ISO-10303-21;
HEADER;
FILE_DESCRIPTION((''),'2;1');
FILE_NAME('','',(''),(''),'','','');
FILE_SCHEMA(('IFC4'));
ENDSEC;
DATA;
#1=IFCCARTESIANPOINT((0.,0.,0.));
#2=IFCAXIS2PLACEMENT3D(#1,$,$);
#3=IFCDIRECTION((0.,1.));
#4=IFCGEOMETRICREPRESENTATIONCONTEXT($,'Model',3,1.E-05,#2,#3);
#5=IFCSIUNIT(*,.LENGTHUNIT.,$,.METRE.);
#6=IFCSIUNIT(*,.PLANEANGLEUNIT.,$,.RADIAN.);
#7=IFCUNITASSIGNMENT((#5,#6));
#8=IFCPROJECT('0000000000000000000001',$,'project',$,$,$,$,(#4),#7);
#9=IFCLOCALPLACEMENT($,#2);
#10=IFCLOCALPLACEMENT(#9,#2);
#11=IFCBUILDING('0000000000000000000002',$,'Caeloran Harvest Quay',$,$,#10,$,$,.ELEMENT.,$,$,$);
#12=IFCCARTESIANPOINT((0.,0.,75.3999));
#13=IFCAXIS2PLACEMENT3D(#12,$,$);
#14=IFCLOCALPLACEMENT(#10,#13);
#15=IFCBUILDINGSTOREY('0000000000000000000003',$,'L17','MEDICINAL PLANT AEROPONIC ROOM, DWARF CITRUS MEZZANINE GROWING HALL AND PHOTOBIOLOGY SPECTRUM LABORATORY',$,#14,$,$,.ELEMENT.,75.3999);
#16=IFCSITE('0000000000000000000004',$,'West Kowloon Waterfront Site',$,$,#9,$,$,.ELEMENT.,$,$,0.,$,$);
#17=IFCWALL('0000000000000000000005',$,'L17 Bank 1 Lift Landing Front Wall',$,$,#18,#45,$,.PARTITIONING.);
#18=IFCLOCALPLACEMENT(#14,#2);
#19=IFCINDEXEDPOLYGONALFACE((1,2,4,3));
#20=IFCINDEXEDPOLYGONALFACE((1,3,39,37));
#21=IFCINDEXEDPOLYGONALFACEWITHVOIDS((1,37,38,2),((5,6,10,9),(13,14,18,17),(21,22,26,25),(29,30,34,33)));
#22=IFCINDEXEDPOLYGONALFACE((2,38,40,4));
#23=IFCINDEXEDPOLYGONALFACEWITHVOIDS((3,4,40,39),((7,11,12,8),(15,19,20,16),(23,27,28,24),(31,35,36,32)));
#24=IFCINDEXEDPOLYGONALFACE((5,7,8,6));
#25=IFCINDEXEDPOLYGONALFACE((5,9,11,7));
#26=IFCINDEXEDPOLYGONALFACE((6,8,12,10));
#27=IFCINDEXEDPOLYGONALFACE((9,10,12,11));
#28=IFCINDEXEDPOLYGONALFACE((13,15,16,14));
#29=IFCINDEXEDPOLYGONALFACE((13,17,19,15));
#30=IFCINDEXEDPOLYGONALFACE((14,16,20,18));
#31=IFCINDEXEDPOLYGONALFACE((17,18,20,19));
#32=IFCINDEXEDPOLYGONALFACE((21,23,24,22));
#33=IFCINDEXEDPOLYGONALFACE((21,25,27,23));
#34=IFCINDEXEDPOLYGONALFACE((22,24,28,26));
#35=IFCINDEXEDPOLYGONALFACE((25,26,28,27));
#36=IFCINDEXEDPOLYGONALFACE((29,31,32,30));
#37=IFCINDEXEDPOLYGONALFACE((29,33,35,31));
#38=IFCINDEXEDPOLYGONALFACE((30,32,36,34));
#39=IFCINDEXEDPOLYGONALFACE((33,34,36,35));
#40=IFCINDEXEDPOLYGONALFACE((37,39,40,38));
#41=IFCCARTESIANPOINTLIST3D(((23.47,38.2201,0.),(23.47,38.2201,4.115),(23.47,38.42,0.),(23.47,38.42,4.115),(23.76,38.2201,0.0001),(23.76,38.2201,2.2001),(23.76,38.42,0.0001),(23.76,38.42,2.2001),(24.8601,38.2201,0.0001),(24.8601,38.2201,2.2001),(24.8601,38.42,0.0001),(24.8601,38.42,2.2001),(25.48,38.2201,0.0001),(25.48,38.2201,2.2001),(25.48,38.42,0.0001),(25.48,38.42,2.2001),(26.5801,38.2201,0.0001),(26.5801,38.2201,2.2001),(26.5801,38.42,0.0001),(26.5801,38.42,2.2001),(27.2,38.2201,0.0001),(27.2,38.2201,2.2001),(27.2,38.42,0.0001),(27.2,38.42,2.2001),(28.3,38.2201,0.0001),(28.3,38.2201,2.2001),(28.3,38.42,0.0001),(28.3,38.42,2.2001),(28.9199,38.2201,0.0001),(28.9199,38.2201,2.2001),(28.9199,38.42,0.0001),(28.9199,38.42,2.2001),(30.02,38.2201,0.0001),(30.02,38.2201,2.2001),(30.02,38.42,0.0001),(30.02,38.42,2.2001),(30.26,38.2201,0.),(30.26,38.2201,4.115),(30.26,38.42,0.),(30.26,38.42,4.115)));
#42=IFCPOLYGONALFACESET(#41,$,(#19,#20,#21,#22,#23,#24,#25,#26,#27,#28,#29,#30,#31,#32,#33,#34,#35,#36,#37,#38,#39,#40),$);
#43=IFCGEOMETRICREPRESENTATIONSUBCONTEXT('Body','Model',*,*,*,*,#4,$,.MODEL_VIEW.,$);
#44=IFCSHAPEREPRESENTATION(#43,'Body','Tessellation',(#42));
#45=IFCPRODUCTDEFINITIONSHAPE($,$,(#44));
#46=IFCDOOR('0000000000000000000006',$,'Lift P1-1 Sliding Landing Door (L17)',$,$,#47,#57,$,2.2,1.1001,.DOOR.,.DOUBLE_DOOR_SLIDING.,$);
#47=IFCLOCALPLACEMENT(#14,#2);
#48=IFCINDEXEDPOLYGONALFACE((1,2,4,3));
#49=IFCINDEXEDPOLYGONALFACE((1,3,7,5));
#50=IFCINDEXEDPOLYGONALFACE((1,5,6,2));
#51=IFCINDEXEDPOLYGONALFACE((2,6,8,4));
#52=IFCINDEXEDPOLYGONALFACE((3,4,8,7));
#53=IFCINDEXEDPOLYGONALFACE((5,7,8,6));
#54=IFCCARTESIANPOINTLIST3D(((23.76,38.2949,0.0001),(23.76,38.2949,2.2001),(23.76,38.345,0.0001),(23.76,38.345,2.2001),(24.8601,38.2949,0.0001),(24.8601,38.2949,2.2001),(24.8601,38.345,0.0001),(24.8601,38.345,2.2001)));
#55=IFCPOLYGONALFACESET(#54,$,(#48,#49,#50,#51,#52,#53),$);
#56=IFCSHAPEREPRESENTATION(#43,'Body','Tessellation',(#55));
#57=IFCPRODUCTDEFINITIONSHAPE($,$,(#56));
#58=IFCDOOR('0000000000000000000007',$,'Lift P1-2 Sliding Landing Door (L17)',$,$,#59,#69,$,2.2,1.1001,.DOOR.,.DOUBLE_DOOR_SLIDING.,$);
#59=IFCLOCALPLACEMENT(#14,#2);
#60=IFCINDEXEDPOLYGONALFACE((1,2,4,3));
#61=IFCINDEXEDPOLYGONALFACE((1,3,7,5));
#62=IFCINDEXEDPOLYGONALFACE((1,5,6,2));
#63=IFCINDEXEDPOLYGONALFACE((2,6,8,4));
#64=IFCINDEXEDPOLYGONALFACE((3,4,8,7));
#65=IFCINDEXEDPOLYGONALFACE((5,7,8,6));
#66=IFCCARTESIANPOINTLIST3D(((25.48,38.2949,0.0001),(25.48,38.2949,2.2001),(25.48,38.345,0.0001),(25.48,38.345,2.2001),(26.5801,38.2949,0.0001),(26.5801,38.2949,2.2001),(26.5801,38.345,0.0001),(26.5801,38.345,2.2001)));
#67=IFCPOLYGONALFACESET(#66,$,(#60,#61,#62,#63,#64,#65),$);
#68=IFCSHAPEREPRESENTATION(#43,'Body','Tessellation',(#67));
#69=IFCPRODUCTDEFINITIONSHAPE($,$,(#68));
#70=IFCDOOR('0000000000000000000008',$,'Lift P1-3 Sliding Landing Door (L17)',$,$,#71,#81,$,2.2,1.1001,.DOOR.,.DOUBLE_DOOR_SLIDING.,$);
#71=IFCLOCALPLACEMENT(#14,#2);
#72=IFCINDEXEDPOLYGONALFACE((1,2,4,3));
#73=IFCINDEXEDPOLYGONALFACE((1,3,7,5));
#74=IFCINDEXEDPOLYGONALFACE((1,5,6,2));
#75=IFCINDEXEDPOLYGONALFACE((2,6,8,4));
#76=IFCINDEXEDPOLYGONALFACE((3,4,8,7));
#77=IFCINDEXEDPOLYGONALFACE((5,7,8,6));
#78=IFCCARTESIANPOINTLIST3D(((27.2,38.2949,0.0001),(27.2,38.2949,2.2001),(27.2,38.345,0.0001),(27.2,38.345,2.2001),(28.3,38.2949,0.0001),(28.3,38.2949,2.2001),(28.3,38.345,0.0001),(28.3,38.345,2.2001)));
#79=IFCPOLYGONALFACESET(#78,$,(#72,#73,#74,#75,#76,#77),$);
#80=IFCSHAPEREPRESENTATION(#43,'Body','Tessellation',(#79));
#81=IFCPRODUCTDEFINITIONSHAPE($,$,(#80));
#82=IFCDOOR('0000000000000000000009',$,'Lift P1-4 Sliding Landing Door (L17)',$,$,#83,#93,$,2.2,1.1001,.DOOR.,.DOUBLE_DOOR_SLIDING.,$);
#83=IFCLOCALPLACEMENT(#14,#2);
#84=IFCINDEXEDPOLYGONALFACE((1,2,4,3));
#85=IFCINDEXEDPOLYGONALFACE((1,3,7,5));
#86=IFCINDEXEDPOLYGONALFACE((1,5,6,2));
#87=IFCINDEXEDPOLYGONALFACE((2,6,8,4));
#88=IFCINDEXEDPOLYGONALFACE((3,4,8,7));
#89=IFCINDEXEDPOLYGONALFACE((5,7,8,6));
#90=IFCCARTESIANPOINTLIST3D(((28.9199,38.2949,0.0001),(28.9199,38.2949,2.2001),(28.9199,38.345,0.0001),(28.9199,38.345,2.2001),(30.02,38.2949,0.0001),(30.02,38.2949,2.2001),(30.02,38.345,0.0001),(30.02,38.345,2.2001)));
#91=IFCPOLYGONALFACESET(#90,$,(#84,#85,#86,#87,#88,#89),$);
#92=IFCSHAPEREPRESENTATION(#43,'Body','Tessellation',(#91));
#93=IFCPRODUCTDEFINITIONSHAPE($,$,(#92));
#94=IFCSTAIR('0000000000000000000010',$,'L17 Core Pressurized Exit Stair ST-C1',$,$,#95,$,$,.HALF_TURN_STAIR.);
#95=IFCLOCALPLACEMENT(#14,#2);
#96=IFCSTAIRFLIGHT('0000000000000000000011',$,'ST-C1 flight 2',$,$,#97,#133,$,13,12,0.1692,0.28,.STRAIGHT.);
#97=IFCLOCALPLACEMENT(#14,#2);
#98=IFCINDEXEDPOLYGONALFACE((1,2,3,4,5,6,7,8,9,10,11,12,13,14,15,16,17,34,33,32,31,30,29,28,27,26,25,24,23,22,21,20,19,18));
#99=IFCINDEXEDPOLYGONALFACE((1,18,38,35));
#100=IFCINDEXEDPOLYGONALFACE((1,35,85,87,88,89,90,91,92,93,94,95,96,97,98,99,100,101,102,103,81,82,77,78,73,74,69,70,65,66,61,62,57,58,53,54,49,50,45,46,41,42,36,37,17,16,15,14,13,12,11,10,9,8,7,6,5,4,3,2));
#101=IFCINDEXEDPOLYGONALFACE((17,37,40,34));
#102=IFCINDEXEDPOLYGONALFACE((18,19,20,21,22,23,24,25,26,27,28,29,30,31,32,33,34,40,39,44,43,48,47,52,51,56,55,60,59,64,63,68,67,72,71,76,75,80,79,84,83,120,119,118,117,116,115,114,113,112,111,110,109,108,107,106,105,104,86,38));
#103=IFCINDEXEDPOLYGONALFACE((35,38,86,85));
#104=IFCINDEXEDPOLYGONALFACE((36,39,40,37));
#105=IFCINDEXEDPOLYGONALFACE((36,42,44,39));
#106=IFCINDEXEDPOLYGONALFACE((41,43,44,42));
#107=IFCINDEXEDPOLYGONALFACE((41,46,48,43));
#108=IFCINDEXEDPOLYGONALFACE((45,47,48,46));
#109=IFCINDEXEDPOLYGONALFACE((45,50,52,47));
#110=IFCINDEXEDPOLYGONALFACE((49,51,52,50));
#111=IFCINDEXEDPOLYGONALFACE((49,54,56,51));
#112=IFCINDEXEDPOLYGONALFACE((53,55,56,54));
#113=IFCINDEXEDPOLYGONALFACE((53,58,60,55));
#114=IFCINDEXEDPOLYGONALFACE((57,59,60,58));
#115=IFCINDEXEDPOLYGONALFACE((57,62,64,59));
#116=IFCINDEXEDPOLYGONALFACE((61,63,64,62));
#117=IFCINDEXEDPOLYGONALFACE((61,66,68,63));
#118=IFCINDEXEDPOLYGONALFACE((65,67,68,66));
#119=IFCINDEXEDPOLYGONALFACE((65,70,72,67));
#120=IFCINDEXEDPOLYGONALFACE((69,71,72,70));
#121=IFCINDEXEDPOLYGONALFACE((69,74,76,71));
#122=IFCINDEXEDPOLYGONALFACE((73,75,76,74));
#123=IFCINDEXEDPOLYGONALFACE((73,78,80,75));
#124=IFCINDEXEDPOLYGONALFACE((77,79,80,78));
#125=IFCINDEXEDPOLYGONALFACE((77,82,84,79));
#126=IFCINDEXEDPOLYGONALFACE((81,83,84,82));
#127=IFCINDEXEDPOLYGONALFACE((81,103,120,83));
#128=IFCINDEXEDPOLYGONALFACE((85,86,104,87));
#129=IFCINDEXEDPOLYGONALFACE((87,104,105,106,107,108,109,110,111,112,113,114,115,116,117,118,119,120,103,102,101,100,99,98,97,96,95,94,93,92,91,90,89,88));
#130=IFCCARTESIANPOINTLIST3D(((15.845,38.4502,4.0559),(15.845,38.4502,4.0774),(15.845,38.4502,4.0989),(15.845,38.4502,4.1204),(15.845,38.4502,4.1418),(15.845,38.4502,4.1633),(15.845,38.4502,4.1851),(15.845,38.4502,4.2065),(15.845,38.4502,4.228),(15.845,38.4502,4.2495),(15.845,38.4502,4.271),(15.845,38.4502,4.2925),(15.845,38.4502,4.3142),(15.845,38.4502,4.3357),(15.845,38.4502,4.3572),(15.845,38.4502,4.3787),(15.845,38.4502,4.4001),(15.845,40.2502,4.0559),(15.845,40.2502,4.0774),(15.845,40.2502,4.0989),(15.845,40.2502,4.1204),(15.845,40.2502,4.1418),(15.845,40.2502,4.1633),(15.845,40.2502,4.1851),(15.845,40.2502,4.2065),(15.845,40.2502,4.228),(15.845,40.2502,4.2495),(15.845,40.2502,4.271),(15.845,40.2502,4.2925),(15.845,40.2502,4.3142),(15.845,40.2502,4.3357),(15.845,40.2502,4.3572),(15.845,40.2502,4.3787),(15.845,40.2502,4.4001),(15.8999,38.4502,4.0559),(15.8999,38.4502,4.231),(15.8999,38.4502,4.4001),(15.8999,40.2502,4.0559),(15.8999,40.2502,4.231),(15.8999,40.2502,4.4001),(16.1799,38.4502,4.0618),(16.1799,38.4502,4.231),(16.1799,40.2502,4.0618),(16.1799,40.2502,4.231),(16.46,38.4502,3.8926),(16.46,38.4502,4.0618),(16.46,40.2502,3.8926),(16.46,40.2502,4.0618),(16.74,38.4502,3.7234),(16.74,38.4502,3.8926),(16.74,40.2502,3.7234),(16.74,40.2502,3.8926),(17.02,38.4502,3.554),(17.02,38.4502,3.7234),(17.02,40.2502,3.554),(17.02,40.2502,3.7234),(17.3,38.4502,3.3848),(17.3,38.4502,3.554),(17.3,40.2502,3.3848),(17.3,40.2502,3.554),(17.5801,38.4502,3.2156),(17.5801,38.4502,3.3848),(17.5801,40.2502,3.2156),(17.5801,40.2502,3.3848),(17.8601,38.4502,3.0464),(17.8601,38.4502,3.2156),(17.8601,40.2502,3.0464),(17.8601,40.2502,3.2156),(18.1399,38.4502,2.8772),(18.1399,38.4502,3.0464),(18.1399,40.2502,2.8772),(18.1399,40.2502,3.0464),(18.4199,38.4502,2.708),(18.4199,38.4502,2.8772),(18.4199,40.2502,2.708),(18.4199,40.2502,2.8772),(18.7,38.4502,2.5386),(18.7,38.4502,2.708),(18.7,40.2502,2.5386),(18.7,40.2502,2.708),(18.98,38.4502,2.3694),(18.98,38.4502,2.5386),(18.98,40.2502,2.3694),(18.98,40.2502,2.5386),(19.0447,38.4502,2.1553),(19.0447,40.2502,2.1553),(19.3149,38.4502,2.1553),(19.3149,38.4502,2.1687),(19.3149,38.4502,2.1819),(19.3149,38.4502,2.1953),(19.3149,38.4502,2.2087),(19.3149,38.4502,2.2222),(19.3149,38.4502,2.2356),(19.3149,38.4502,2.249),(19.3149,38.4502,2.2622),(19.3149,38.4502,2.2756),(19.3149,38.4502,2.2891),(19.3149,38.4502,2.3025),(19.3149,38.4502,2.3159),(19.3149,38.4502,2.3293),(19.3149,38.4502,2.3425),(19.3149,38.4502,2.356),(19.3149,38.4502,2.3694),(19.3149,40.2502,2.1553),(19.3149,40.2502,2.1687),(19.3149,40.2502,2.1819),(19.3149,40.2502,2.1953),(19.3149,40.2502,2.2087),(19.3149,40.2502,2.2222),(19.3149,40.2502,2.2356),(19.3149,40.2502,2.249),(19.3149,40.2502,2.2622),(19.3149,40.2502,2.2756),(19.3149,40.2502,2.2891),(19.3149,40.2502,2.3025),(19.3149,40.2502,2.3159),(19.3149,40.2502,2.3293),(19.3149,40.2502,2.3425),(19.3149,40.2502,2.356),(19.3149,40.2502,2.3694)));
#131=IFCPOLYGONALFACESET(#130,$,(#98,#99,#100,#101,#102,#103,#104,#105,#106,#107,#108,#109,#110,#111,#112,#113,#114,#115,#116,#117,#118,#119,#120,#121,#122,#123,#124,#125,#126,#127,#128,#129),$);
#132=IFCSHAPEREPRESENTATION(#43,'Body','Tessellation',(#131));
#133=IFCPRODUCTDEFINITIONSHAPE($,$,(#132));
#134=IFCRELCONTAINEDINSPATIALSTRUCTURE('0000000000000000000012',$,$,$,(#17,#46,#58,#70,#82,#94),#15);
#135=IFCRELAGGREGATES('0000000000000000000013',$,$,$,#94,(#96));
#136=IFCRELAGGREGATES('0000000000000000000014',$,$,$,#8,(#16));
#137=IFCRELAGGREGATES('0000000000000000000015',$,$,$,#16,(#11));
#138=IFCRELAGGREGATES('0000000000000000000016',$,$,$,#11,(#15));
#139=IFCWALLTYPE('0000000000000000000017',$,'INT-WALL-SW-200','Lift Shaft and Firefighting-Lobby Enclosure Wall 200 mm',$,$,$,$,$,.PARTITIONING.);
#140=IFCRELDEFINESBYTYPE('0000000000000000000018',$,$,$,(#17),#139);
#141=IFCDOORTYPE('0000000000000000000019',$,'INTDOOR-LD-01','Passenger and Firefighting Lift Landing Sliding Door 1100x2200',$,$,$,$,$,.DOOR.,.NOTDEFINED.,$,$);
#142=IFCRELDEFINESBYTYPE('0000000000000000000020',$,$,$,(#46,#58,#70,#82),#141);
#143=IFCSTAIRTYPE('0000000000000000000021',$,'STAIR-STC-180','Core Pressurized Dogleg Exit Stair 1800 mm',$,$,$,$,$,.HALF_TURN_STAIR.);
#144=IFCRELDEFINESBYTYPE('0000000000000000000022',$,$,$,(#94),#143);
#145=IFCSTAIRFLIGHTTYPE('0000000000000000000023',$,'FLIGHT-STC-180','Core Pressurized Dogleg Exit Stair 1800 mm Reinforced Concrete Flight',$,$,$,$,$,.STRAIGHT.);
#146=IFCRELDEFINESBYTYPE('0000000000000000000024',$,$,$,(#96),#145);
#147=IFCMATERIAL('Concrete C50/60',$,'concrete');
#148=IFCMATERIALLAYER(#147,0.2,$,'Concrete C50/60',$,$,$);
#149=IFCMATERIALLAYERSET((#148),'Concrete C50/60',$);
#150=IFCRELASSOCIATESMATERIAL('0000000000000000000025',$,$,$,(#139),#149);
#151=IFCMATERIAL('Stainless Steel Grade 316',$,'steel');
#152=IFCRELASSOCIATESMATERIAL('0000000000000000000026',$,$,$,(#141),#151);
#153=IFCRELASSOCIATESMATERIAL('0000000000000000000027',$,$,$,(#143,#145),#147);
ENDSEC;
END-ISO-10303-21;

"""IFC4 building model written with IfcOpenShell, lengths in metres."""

from ifc_helpers import new_model, si_unit, direction, frame, frame_2d, origin, place, context, subcontext, project, spatial, polyline, rectangle, outline, extrude, material, layer, layer_set, type_object, element, fill, aggregate, save


model = new_model("IFC4")

# Units and contexts
model_context = context("Model", 3, precision=1e-05, world=origin(), true_north=direction((0.0, 1.0)))
body_context = subcontext(model_context, "Body", "Model", "MODEL_VIEW")
ifc_project = project(units=[si_unit("LENGTHUNIT", "METRE"), si_unit("PLANEANGLEUNIT", "RADIAN")], contexts=[model_context])

# Site, building, storey
site_placement = place(None, origin())
site = spatial("IfcSite", under=ifc_project, at=site_placement, Name="West Kowloon Waterfront Site", CompositionType="ELEMENT", RefElevation=0.0)
building_placement = place(site_placement, origin())
building = spatial("IfcBuilding", under=site, at=building_placement, Name="Caeloran Harvest Quay", CompositionType="ELEMENT")
storey_placement = place(building_placement, frame((0.0, 0.0, 75.3999)))
storey = spatial("IfcBuildingStorey", under=building, at=storey_placement, Name="L17", Description="MEDICINAL PLANT AEROPONIC ROOM, DWARF CITRUS MEZZANINE GROWING HALL AND PHOTOBIOLOGY SPECTRUM LABORATORY", CompositionType="ELEMENT", Elevation=75.3999)

# Shared definitions
ifc_material_1 = material(Name="Concrete C50/60", Category="concrete")
ifc_layer_1 = layer(ifc_material_1, 0.2, Name="Concrete C50/60")
ifc_layer_set_1 = layer_set([ifc_layer_1], Name="Concrete C50/60")
wall_type_1 = type_object("IfcWallType", Name="INT-WALL-SW-200", Description="Lift Shaft and Firefighting-Lobby Enclosure Wall 200 mm", PredefinedType="PARTITIONING", material=ifc_layer_set_1)
ifc_material_2 = material(Name="Stainless Steel Grade 316", Category="steel")

# Wall, openings, doors
wall_1_placement = place(storey_placement, frame((23.47, 38.3201, 0.0), z_axis=(0.0, 0.0, 1.0), x_axis=(1.0, 0.0, 0.0)))
wall_1 = element("IfcWall", 1, at=wall_1_placement, inside=storey, type_object=wall_type_1, Name="L17 Bank 1 Lift Landing Front Wall", PredefinedType="PARTITIONING", context=body_context, shape_type="SweptSolid", body=[
    extrude(rectangle(XDim=6.79, YDim=0.2, at=frame_2d((3.395, 0.0))), origin(), (0.0, 0.0, 1.0), 4.115),
])
opening_1_placement = place(wall_1_placement, frame((0.29, 0.0, 0.0)))
opening_1 = element("IfcOpeningElement", 2, at=opening_1_placement, cuts=wall_1, PredefinedType="OPENING", context=body_context, shape_type="SweptSolid", body=[
    extrude(rectangle(XDim=1.1001, YDim=2.2, at=frame_2d((0.55, 1.1001))), frame((0.0, 0.1099, 0.0), z_axis=(0.0, -1.0, 0.0), x_axis=(1.0, 0.0, 0.0)), (0.0, 0.0, 1.0), 0.22),
])
opening_2_placement = place(wall_1_placement, frame((2.01, 0.0, 0.0)))
opening_2 = element("IfcOpeningElement", 3, at=opening_2_placement, cuts=wall_1, PredefinedType="OPENING", context=body_context, shape_type="SweptSolid", body=[
    extrude(rectangle(XDim=1.1001, YDim=2.2, at=frame_2d((0.55, 1.1001))), frame((0.0, 0.1099, 0.0), z_axis=(0.0, -1.0, 0.0), x_axis=(1.0, 0.0, 0.0)), (0.0, 0.0, 1.0), 0.22),
])
opening_3_placement = place(wall_1_placement, frame((3.73, 0.0, 0.0)))
opening_3 = element("IfcOpeningElement", 4, at=opening_3_placement, cuts=wall_1, PredefinedType="OPENING", context=body_context, shape_type="SweptSolid", body=[
    extrude(rectangle(XDim=1.1001, YDim=2.2, at=frame_2d((0.55, 1.1001))), frame((0.0, 0.1099, 0.0), z_axis=(0.0, -1.0, 0.0), x_axis=(1.0, 0.0, 0.0)), (0.0, 0.0, 1.0), 0.22),
])
opening_4_placement = place(wall_1_placement, frame((5.45, 0.0, 0.0)))
opening_4 = element("IfcOpeningElement", 5, at=opening_4_placement, cuts=wall_1, PredefinedType="OPENING", context=body_context, shape_type="SweptSolid", body=[
    extrude(rectangle(XDim=1.1001, YDim=2.2, at=frame_2d((0.55, 1.1001))), frame((0.0, 0.1099, 0.0), z_axis=(0.0, -1.0, 0.0), x_axis=(1.0, 0.0, 0.0)), (0.0, 0.0, 1.0), 0.22),
])
door_type_1 = type_object("IfcDoorType", Name="INTDOOR-LD-01", Description="Passenger and Firefighting Lift Landing Sliding Door 1100x2200", OperationType="NOTDEFINED", PredefinedType="DOOR", material=ifc_material_2)
door_1_placement = place(opening_1_placement, origin())
door_1 = element("IfcDoor", 6, at=door_1_placement, inside=storey, type_object=door_type_1, Name="Lift P1-1 Sliding Landing Door (L17)", OperationType="DOUBLE_DOOR_SLIDING", OverallHeight=2.2, OverallWidth=1.1001, PredefinedType="DOOR", context=body_context, shape_type="SweptSolid", body=[
    extrude(rectangle(XDim=1.1001, YDim=2.2, at=frame_2d((0.55, 1.1001))), frame((0.0, 0.0249, 0.0), z_axis=(0.0, -1.0, 0.0), x_axis=(1.0, 0.0, 0.0)), (0.0, 0.0, 1.0), 0.05),
])
fill(opening_1, door_1)
door_2_placement = place(opening_2_placement, origin())
door_2 = element("IfcDoor", 7, at=door_2_placement, inside=storey, type_object=door_type_1, Name="Lift P1-2 Sliding Landing Door (L17)", OperationType="DOUBLE_DOOR_SLIDING", OverallHeight=2.2, OverallWidth=1.1001, PredefinedType="DOOR", context=body_context, shape_type="SweptSolid", body=[
    extrude(rectangle(XDim=1.1001, YDim=2.2, at=frame_2d((0.55, 1.1001))), frame((0.0, 0.0249, 0.0), z_axis=(0.0, -1.0, 0.0), x_axis=(1.0, 0.0, 0.0)), (0.0, 0.0, 1.0), 0.05),
])
fill(opening_2, door_2)
door_3_placement = place(opening_3_placement, origin())
door_3 = element("IfcDoor", 8, at=door_3_placement, inside=storey, type_object=door_type_1, Name="Lift P1-3 Sliding Landing Door (L17)", OperationType="DOUBLE_DOOR_SLIDING", OverallHeight=2.2, OverallWidth=1.1001, PredefinedType="DOOR", context=body_context, shape_type="SweptSolid", body=[
    extrude(rectangle(XDim=1.1001, YDim=2.2, at=frame_2d((0.55, 1.1001))), frame((0.0, 0.0249, 0.0), z_axis=(0.0, -1.0, 0.0), x_axis=(1.0, 0.0, 0.0)), (0.0, 0.0, 1.0), 0.05),
])
fill(opening_3, door_3)
door_4_placement = place(opening_4_placement, origin())
door_4 = element("IfcDoor", 9, at=door_4_placement, inside=storey, type_object=door_type_1, Name="Lift P1-4 Sliding Landing Door (L17)", OperationType="DOUBLE_DOOR_SLIDING", OverallHeight=2.2, OverallWidth=1.1001, PredefinedType="DOOR", context=body_context, shape_type="SweptSolid", body=[
    extrude(rectangle(XDim=1.1001, YDim=2.2, at=frame_2d((0.55, 1.1001))), frame((0.0, 0.0249, 0.0), z_axis=(0.0, -1.0, 0.0), x_axis=(1.0, 0.0, 0.0)), (0.0, 0.0, 1.0), 0.05),
])
fill(opening_4, door_4)

# Stair, stair flight
stair_type = type_object("IfcStairType", Name="STAIR-STC-180", Description="Core Pressurized Dogleg Exit Stair 1800 mm", PredefinedType="HALF_TURN_STAIR", material=ifc_material_1)
stair_1_placement = place(storey_placement, origin())
stair_1 = element("IfcStair", 10, at=stair_1_placement, inside=storey, type_object=stair_type, Name="L17 Core Pressurized Exit Stair ST-C1", PredefinedType="HALF_TURN_STAIR")
stair_flight_type = type_object("IfcStairFlightType", Name="FLIGHT-STC-180", Description="Core Pressurized Dogleg Exit Stair 1800 mm Reinforced Concrete Flight", PredefinedType="STRAIGHT", material=ifc_material_1)
stair_flight_1_placement = place(storey_placement, frame((19.26, 39.3501, 2.2002), z_axis=(0.0, 0.0, 1.0), x_axis=(-1.0, 0.0, 0.0)))
stair_flight_1 = element("IfcStairFlight", 11, at=stair_flight_1_placement, type_object=stair_flight_type, Name="ST-C1 flight 2", NumberOfRisers=13, NumberOfTreads=12, PredefinedType="STRAIGHT", RiserHeight=0.1692, TreadLength=0.28, context=body_context, shape_type="SweptSolid", body=[
    extrude(outline(polyline([(-0.0549, -0.0449), (-0.0549, -0.0315), (-0.0549, -0.0183), (-0.0549, -0.0049), (-0.0549, 0.0085), (-0.0549, 0.022), (-0.0549, 0.0354), (-0.0549, 0.0488), (-0.0549, 0.062), (-0.0549, 0.0754), (-0.0549, 0.0889), (-0.0549, 0.1023), (-0.0549, 0.1157), (-0.0549, 0.1292), (-0.0549, 0.1423), (-0.0549, 0.1558), (-0.0549, 0.1692), (0.28, 0.1692), (0.28, 0.3384), (0.5601, 0.3384), (0.5601, 0.5078), (0.8401, 0.5078), (0.8401, 0.677), (1.1201, 0.677), (1.1201, 0.8462), (1.3999, 0.8462), (1.3999, 1.0154), (1.6799, 1.0154), (1.6799, 1.1846), (1.96, 1.1846), (1.96, 1.3538), (2.24, 1.3538), (2.24, 1.5232), (2.52, 1.5232), (2.52, 1.6924), (2.8, 1.6924), (2.8, 1.8616), (3.0801, 1.8616), (3.0801, 2.0308), (3.3601, 2.0308), (3.3601, 2.2), (3.415, 2.2), (3.415, 2.1785), (3.415, 2.157), (3.415, 2.1355), (3.415, 2.114), (3.415, 2.0923), (3.415, 2.0708), (3.415, 2.0493), (3.415, 2.0278), (3.415, 2.0063), (3.415, 1.9849), (3.415, 1.9631), (3.415, 1.9417), (3.415, 1.9202), (3.415, 1.8987), (3.415, 1.8772), (3.415, 1.8557), (3.3601, 1.8557), (0.2153, -0.0449), (-0.0549, -0.0449)])), frame((0.0, 0.8999, 0.0), z_axis=(0.0, -1.0, 0.0), x_axis=(1.0, 0.0, 0.0)), (0.0, 0.0, 1.0), 1.8),
])
aggregate(stair_1, [stair_flight_1])

save(model, "model.ifc")
